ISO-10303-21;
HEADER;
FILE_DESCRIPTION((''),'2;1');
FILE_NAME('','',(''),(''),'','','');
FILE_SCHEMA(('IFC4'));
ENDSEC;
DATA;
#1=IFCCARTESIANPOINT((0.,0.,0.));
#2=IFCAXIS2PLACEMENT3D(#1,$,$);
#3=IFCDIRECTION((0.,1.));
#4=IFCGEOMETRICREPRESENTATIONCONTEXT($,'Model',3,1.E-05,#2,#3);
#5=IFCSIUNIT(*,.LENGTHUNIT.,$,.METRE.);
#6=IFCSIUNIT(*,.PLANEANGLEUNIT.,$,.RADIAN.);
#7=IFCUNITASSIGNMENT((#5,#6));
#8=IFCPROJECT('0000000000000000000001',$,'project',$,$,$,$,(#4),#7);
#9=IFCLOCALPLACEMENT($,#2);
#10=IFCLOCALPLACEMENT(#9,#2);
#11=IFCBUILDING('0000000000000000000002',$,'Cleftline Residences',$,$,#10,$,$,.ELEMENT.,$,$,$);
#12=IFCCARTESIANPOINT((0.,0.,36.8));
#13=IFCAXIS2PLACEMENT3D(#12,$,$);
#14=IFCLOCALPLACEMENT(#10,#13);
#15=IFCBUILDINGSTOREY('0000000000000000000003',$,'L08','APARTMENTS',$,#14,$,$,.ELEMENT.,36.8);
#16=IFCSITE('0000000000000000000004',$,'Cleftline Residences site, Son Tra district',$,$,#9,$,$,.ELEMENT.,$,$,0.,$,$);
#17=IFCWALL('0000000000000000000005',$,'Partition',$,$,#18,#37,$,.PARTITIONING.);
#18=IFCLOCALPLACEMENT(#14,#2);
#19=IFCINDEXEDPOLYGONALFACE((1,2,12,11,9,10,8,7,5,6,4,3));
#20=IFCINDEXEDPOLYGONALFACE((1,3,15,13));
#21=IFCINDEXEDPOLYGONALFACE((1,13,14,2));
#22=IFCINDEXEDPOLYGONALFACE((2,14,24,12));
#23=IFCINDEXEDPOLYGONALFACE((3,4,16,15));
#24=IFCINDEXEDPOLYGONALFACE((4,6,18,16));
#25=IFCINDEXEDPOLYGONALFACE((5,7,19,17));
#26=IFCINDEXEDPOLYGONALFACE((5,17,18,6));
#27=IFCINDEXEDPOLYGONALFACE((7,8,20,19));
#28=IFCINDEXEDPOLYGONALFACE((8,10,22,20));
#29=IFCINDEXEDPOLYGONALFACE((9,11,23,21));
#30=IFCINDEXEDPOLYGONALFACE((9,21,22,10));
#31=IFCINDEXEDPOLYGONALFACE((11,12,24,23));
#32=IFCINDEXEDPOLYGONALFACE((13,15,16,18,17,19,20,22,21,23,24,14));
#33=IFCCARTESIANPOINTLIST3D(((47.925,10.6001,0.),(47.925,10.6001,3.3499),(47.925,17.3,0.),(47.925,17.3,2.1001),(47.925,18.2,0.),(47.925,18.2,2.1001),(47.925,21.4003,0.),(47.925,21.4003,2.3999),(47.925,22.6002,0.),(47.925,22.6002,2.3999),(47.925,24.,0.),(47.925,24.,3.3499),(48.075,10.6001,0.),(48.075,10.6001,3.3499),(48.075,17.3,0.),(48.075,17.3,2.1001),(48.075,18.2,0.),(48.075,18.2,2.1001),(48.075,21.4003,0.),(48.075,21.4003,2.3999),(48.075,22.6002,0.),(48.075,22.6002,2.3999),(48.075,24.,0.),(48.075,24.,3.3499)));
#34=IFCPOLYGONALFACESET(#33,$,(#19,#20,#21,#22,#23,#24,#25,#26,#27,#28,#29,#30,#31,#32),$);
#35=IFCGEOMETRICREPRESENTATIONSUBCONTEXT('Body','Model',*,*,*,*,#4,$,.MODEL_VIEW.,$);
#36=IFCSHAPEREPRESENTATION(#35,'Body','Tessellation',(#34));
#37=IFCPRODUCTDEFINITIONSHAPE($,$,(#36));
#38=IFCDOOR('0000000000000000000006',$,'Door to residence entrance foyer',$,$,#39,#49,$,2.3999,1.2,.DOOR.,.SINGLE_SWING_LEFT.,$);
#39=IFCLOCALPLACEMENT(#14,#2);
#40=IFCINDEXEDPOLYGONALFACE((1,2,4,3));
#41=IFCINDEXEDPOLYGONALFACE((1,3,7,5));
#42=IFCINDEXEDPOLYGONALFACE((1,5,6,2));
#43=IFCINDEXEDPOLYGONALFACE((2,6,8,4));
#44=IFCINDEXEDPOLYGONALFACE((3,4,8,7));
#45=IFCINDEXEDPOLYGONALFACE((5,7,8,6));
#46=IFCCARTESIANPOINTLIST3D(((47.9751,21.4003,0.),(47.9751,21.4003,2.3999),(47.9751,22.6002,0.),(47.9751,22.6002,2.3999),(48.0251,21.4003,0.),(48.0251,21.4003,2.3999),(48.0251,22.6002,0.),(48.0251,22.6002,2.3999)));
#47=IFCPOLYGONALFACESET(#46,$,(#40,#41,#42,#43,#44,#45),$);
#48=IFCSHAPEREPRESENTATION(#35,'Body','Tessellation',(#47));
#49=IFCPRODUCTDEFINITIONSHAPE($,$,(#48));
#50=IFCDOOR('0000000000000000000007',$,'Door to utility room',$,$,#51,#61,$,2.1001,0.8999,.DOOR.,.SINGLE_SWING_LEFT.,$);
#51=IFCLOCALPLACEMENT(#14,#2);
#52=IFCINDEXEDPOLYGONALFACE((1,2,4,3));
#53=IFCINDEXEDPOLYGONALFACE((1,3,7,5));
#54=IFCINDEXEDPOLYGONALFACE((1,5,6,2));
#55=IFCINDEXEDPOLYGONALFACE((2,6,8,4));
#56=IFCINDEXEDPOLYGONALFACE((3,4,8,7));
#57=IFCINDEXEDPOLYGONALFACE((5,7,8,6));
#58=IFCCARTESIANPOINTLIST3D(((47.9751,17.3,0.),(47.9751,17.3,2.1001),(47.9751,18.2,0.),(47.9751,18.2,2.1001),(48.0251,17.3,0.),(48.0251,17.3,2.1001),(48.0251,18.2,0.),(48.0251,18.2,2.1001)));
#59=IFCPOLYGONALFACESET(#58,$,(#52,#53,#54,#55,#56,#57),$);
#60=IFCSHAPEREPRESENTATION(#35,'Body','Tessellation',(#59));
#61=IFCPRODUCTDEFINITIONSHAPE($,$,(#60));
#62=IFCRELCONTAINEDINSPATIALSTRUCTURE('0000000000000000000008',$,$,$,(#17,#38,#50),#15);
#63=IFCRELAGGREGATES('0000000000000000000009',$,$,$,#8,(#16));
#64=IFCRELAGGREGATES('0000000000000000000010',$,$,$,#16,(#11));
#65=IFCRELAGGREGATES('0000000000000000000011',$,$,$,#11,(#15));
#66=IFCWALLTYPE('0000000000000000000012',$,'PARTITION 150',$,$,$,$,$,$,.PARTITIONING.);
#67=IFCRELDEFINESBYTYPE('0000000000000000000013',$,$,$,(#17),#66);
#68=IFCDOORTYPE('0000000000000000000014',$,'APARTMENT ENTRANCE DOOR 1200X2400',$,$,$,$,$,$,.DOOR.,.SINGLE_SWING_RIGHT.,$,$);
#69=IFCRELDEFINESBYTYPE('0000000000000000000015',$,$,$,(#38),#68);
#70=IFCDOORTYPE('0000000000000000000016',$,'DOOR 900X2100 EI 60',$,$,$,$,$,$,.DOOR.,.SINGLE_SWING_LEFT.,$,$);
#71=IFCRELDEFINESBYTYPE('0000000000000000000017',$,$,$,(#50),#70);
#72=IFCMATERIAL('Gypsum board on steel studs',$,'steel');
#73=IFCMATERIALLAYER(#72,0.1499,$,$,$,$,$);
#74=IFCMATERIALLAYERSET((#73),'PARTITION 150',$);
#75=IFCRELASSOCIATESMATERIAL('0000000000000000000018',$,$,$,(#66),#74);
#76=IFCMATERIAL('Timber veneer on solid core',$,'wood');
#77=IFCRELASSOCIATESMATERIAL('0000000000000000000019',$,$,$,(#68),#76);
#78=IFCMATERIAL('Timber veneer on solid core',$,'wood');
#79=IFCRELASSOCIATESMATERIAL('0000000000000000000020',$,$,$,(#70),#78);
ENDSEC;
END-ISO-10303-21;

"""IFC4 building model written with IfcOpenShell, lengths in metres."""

from ifc_helpers import new_model, si_unit, direction, frame, frame_2d, origin, place, context, subcontext, project, spatial, rectangle, extrude, material, layer, layer_set, type_object, element, fill, save


model = new_model("IFC4")

# Units and contexts
model_context = context("Model", 3, precision=1e-05, world=origin(), true_north=direction((0.0, 1.0)))
body_context = subcontext(model_context, "Body", "Model", "MODEL_VIEW")
ifc_project = project(units=[si_unit("LENGTHUNIT", "METRE"), si_unit("PLANEANGLEUNIT", "RADIAN")], contexts=[model_context])

# Site, building, storey
site_placement = place(None, origin())
site = spatial("IfcSite", under=ifc_project, at=site_placement, Name="Cleftline Residences site, Son Tra district", CompositionType="ELEMENT", RefElevation=0.0)
building_placement = place(site_placement, origin())
building = spatial("IfcBuilding", under=site, at=building_placement, Name="Cleftline Residences", CompositionType="ELEMENT")
storey_placement = place(building_placement, frame((0.0, 0.0, 36.8)))
storey = spatial("IfcBuildingStorey", under=building, at=storey_placement, Name="L08", Description="APARTMENTS", CompositionType="ELEMENT", Elevation=36.8)

# Shared definitions
ifc_material_1 = material(Name="Gypsum board on steel studs", Category="steel")
ifc_layer_1 = layer(ifc_material_1, 0.1499)
ifc_layer_set_1 = layer_set([ifc_layer_1], Name="PARTITION 150")
wall_type = type_object("IfcWallType", Name="PARTITION 150", PredefinedType="PARTITIONING", material=ifc_layer_set_1)

# Wall, openings, doors
wall_1_placement = place(storey_placement, frame((48.0, 10.6001, 0.0), z_axis=(0.0, 0.0, 1.0), x_axis=(0.0, 1.0, 0.0)))
wall_1 = element("IfcWall", 1, at=wall_1_placement, inside=storey, type_object=wall_type, Name="Partition", PredefinedType="PARTITIONING", context=body_context, shape_type="SweptSolid", body=[
    extrude(rectangle(XDim=13.3999, YDim=0.1499, at=frame_2d((6.7, 0.0))), origin(), (0.0, 0.0, 1.0), 3.3499),
])
opening_1_placement = place(wall_1_placement, frame((10.8, 0.0, 0.0)))
opening_1 = element("IfcOpeningElement", 2, at=opening_1_placement, cuts=wall_1, PredefinedType="OPENING", context=body_context, shape_type="SweptSolid", body=[
    extrude(rectangle(XDim=1.2, YDim=2.3999, at=frame_2d((0.6001, 1.2))), frame((0.0, 0.085, 0.0), z_axis=(0.0, -1.0, 0.0), x_axis=(1.0, 0.0, 0.0)), (0.0, 0.0, 1.0), 0.1699),
])
opening_2_placement = place(wall_1_placement, frame((6.7, 0.0, 0.0)))
opening_2 = element("IfcOpeningElement", 3, at=opening_2_placement, cuts=wall_1, PredefinedType="OPENING", context=body_context, shape_type="SweptSolid", body=[
    extrude(rectangle(XDim=0.8999, YDim=2.1001, at=frame_2d((0.45, 1.05))), frame((0.0, 0.085, 0.0), z_axis=(0.0, -1.0, 0.0), x_axis=(1.0, 0.0, 0.0)), (0.0, 0.0, 1.0), 0.1699),
])
ifc_material_2 = material(Name="Timber veneer on solid core", Category="wood")
door_type_1 = type_object("IfcDoorType", Name="APARTMENT ENTRANCE DOOR 1200X2400", OperationType="SINGLE_SWING_RIGHT", PredefinedType="DOOR", material=ifc_material_2)
door_1_placement = place(opening_1_placement, origin())
door_1 = element("IfcDoor", 4, at=door_1_placement, inside=storey, type_object=door_type_1, Name="Door to residence entrance foyer", OperationType="SINGLE_SWING_LEFT", OverallHeight=2.3999, OverallWidth=1.2, PredefinedType="DOOR", context=body_context, shape_type="SweptSolid", body=[
    extrude(rectangle(XDim=1.2, YDim=2.3999, at=frame_2d((0.6001, 1.2))), frame((0.0, 0.0249, 0.0), z_axis=(0.0, -1.0, 0.0), x_axis=(1.0, 0.0, 0.0)), (0.0, 0.0, 1.0), 0.05),
])
fill(opening_1, door_1)
ifc_material_3 = material(Name="Timber veneer on solid core", Category="wood")
door_type_2 = type_object("IfcDoorType", Name="DOOR 900X2100 EI 60", OperationType="SINGLE_SWING_LEFT", PredefinedType="DOOR", material=ifc_material_3)
door_2_placement = place(opening_2_placement, origin())
door_2 = element("IfcDoor", 5, at=door_2_placement, inside=storey, type_object=door_type_2, Name="Door to utility room", OperationType="SINGLE_SWING_LEFT", OverallHeight=2.1001, OverallWidth=0.8999, PredefinedType="DOOR", context=body_context, shape_type="SweptSolid", body=[
    extrude(rectangle(XDim=0.8999, YDim=2.1001, at=frame_2d((0.45, 1.05))), frame((0.0, 0.0249, 0.0), z_axis=(0.0, -1.0, 0.0), x_axis=(1.0, 0.0, 0.0)), (0.0, 0.0, 1.0), 0.05),
])
fill(opening_2, door_2)

save(model, "model.ifc")
